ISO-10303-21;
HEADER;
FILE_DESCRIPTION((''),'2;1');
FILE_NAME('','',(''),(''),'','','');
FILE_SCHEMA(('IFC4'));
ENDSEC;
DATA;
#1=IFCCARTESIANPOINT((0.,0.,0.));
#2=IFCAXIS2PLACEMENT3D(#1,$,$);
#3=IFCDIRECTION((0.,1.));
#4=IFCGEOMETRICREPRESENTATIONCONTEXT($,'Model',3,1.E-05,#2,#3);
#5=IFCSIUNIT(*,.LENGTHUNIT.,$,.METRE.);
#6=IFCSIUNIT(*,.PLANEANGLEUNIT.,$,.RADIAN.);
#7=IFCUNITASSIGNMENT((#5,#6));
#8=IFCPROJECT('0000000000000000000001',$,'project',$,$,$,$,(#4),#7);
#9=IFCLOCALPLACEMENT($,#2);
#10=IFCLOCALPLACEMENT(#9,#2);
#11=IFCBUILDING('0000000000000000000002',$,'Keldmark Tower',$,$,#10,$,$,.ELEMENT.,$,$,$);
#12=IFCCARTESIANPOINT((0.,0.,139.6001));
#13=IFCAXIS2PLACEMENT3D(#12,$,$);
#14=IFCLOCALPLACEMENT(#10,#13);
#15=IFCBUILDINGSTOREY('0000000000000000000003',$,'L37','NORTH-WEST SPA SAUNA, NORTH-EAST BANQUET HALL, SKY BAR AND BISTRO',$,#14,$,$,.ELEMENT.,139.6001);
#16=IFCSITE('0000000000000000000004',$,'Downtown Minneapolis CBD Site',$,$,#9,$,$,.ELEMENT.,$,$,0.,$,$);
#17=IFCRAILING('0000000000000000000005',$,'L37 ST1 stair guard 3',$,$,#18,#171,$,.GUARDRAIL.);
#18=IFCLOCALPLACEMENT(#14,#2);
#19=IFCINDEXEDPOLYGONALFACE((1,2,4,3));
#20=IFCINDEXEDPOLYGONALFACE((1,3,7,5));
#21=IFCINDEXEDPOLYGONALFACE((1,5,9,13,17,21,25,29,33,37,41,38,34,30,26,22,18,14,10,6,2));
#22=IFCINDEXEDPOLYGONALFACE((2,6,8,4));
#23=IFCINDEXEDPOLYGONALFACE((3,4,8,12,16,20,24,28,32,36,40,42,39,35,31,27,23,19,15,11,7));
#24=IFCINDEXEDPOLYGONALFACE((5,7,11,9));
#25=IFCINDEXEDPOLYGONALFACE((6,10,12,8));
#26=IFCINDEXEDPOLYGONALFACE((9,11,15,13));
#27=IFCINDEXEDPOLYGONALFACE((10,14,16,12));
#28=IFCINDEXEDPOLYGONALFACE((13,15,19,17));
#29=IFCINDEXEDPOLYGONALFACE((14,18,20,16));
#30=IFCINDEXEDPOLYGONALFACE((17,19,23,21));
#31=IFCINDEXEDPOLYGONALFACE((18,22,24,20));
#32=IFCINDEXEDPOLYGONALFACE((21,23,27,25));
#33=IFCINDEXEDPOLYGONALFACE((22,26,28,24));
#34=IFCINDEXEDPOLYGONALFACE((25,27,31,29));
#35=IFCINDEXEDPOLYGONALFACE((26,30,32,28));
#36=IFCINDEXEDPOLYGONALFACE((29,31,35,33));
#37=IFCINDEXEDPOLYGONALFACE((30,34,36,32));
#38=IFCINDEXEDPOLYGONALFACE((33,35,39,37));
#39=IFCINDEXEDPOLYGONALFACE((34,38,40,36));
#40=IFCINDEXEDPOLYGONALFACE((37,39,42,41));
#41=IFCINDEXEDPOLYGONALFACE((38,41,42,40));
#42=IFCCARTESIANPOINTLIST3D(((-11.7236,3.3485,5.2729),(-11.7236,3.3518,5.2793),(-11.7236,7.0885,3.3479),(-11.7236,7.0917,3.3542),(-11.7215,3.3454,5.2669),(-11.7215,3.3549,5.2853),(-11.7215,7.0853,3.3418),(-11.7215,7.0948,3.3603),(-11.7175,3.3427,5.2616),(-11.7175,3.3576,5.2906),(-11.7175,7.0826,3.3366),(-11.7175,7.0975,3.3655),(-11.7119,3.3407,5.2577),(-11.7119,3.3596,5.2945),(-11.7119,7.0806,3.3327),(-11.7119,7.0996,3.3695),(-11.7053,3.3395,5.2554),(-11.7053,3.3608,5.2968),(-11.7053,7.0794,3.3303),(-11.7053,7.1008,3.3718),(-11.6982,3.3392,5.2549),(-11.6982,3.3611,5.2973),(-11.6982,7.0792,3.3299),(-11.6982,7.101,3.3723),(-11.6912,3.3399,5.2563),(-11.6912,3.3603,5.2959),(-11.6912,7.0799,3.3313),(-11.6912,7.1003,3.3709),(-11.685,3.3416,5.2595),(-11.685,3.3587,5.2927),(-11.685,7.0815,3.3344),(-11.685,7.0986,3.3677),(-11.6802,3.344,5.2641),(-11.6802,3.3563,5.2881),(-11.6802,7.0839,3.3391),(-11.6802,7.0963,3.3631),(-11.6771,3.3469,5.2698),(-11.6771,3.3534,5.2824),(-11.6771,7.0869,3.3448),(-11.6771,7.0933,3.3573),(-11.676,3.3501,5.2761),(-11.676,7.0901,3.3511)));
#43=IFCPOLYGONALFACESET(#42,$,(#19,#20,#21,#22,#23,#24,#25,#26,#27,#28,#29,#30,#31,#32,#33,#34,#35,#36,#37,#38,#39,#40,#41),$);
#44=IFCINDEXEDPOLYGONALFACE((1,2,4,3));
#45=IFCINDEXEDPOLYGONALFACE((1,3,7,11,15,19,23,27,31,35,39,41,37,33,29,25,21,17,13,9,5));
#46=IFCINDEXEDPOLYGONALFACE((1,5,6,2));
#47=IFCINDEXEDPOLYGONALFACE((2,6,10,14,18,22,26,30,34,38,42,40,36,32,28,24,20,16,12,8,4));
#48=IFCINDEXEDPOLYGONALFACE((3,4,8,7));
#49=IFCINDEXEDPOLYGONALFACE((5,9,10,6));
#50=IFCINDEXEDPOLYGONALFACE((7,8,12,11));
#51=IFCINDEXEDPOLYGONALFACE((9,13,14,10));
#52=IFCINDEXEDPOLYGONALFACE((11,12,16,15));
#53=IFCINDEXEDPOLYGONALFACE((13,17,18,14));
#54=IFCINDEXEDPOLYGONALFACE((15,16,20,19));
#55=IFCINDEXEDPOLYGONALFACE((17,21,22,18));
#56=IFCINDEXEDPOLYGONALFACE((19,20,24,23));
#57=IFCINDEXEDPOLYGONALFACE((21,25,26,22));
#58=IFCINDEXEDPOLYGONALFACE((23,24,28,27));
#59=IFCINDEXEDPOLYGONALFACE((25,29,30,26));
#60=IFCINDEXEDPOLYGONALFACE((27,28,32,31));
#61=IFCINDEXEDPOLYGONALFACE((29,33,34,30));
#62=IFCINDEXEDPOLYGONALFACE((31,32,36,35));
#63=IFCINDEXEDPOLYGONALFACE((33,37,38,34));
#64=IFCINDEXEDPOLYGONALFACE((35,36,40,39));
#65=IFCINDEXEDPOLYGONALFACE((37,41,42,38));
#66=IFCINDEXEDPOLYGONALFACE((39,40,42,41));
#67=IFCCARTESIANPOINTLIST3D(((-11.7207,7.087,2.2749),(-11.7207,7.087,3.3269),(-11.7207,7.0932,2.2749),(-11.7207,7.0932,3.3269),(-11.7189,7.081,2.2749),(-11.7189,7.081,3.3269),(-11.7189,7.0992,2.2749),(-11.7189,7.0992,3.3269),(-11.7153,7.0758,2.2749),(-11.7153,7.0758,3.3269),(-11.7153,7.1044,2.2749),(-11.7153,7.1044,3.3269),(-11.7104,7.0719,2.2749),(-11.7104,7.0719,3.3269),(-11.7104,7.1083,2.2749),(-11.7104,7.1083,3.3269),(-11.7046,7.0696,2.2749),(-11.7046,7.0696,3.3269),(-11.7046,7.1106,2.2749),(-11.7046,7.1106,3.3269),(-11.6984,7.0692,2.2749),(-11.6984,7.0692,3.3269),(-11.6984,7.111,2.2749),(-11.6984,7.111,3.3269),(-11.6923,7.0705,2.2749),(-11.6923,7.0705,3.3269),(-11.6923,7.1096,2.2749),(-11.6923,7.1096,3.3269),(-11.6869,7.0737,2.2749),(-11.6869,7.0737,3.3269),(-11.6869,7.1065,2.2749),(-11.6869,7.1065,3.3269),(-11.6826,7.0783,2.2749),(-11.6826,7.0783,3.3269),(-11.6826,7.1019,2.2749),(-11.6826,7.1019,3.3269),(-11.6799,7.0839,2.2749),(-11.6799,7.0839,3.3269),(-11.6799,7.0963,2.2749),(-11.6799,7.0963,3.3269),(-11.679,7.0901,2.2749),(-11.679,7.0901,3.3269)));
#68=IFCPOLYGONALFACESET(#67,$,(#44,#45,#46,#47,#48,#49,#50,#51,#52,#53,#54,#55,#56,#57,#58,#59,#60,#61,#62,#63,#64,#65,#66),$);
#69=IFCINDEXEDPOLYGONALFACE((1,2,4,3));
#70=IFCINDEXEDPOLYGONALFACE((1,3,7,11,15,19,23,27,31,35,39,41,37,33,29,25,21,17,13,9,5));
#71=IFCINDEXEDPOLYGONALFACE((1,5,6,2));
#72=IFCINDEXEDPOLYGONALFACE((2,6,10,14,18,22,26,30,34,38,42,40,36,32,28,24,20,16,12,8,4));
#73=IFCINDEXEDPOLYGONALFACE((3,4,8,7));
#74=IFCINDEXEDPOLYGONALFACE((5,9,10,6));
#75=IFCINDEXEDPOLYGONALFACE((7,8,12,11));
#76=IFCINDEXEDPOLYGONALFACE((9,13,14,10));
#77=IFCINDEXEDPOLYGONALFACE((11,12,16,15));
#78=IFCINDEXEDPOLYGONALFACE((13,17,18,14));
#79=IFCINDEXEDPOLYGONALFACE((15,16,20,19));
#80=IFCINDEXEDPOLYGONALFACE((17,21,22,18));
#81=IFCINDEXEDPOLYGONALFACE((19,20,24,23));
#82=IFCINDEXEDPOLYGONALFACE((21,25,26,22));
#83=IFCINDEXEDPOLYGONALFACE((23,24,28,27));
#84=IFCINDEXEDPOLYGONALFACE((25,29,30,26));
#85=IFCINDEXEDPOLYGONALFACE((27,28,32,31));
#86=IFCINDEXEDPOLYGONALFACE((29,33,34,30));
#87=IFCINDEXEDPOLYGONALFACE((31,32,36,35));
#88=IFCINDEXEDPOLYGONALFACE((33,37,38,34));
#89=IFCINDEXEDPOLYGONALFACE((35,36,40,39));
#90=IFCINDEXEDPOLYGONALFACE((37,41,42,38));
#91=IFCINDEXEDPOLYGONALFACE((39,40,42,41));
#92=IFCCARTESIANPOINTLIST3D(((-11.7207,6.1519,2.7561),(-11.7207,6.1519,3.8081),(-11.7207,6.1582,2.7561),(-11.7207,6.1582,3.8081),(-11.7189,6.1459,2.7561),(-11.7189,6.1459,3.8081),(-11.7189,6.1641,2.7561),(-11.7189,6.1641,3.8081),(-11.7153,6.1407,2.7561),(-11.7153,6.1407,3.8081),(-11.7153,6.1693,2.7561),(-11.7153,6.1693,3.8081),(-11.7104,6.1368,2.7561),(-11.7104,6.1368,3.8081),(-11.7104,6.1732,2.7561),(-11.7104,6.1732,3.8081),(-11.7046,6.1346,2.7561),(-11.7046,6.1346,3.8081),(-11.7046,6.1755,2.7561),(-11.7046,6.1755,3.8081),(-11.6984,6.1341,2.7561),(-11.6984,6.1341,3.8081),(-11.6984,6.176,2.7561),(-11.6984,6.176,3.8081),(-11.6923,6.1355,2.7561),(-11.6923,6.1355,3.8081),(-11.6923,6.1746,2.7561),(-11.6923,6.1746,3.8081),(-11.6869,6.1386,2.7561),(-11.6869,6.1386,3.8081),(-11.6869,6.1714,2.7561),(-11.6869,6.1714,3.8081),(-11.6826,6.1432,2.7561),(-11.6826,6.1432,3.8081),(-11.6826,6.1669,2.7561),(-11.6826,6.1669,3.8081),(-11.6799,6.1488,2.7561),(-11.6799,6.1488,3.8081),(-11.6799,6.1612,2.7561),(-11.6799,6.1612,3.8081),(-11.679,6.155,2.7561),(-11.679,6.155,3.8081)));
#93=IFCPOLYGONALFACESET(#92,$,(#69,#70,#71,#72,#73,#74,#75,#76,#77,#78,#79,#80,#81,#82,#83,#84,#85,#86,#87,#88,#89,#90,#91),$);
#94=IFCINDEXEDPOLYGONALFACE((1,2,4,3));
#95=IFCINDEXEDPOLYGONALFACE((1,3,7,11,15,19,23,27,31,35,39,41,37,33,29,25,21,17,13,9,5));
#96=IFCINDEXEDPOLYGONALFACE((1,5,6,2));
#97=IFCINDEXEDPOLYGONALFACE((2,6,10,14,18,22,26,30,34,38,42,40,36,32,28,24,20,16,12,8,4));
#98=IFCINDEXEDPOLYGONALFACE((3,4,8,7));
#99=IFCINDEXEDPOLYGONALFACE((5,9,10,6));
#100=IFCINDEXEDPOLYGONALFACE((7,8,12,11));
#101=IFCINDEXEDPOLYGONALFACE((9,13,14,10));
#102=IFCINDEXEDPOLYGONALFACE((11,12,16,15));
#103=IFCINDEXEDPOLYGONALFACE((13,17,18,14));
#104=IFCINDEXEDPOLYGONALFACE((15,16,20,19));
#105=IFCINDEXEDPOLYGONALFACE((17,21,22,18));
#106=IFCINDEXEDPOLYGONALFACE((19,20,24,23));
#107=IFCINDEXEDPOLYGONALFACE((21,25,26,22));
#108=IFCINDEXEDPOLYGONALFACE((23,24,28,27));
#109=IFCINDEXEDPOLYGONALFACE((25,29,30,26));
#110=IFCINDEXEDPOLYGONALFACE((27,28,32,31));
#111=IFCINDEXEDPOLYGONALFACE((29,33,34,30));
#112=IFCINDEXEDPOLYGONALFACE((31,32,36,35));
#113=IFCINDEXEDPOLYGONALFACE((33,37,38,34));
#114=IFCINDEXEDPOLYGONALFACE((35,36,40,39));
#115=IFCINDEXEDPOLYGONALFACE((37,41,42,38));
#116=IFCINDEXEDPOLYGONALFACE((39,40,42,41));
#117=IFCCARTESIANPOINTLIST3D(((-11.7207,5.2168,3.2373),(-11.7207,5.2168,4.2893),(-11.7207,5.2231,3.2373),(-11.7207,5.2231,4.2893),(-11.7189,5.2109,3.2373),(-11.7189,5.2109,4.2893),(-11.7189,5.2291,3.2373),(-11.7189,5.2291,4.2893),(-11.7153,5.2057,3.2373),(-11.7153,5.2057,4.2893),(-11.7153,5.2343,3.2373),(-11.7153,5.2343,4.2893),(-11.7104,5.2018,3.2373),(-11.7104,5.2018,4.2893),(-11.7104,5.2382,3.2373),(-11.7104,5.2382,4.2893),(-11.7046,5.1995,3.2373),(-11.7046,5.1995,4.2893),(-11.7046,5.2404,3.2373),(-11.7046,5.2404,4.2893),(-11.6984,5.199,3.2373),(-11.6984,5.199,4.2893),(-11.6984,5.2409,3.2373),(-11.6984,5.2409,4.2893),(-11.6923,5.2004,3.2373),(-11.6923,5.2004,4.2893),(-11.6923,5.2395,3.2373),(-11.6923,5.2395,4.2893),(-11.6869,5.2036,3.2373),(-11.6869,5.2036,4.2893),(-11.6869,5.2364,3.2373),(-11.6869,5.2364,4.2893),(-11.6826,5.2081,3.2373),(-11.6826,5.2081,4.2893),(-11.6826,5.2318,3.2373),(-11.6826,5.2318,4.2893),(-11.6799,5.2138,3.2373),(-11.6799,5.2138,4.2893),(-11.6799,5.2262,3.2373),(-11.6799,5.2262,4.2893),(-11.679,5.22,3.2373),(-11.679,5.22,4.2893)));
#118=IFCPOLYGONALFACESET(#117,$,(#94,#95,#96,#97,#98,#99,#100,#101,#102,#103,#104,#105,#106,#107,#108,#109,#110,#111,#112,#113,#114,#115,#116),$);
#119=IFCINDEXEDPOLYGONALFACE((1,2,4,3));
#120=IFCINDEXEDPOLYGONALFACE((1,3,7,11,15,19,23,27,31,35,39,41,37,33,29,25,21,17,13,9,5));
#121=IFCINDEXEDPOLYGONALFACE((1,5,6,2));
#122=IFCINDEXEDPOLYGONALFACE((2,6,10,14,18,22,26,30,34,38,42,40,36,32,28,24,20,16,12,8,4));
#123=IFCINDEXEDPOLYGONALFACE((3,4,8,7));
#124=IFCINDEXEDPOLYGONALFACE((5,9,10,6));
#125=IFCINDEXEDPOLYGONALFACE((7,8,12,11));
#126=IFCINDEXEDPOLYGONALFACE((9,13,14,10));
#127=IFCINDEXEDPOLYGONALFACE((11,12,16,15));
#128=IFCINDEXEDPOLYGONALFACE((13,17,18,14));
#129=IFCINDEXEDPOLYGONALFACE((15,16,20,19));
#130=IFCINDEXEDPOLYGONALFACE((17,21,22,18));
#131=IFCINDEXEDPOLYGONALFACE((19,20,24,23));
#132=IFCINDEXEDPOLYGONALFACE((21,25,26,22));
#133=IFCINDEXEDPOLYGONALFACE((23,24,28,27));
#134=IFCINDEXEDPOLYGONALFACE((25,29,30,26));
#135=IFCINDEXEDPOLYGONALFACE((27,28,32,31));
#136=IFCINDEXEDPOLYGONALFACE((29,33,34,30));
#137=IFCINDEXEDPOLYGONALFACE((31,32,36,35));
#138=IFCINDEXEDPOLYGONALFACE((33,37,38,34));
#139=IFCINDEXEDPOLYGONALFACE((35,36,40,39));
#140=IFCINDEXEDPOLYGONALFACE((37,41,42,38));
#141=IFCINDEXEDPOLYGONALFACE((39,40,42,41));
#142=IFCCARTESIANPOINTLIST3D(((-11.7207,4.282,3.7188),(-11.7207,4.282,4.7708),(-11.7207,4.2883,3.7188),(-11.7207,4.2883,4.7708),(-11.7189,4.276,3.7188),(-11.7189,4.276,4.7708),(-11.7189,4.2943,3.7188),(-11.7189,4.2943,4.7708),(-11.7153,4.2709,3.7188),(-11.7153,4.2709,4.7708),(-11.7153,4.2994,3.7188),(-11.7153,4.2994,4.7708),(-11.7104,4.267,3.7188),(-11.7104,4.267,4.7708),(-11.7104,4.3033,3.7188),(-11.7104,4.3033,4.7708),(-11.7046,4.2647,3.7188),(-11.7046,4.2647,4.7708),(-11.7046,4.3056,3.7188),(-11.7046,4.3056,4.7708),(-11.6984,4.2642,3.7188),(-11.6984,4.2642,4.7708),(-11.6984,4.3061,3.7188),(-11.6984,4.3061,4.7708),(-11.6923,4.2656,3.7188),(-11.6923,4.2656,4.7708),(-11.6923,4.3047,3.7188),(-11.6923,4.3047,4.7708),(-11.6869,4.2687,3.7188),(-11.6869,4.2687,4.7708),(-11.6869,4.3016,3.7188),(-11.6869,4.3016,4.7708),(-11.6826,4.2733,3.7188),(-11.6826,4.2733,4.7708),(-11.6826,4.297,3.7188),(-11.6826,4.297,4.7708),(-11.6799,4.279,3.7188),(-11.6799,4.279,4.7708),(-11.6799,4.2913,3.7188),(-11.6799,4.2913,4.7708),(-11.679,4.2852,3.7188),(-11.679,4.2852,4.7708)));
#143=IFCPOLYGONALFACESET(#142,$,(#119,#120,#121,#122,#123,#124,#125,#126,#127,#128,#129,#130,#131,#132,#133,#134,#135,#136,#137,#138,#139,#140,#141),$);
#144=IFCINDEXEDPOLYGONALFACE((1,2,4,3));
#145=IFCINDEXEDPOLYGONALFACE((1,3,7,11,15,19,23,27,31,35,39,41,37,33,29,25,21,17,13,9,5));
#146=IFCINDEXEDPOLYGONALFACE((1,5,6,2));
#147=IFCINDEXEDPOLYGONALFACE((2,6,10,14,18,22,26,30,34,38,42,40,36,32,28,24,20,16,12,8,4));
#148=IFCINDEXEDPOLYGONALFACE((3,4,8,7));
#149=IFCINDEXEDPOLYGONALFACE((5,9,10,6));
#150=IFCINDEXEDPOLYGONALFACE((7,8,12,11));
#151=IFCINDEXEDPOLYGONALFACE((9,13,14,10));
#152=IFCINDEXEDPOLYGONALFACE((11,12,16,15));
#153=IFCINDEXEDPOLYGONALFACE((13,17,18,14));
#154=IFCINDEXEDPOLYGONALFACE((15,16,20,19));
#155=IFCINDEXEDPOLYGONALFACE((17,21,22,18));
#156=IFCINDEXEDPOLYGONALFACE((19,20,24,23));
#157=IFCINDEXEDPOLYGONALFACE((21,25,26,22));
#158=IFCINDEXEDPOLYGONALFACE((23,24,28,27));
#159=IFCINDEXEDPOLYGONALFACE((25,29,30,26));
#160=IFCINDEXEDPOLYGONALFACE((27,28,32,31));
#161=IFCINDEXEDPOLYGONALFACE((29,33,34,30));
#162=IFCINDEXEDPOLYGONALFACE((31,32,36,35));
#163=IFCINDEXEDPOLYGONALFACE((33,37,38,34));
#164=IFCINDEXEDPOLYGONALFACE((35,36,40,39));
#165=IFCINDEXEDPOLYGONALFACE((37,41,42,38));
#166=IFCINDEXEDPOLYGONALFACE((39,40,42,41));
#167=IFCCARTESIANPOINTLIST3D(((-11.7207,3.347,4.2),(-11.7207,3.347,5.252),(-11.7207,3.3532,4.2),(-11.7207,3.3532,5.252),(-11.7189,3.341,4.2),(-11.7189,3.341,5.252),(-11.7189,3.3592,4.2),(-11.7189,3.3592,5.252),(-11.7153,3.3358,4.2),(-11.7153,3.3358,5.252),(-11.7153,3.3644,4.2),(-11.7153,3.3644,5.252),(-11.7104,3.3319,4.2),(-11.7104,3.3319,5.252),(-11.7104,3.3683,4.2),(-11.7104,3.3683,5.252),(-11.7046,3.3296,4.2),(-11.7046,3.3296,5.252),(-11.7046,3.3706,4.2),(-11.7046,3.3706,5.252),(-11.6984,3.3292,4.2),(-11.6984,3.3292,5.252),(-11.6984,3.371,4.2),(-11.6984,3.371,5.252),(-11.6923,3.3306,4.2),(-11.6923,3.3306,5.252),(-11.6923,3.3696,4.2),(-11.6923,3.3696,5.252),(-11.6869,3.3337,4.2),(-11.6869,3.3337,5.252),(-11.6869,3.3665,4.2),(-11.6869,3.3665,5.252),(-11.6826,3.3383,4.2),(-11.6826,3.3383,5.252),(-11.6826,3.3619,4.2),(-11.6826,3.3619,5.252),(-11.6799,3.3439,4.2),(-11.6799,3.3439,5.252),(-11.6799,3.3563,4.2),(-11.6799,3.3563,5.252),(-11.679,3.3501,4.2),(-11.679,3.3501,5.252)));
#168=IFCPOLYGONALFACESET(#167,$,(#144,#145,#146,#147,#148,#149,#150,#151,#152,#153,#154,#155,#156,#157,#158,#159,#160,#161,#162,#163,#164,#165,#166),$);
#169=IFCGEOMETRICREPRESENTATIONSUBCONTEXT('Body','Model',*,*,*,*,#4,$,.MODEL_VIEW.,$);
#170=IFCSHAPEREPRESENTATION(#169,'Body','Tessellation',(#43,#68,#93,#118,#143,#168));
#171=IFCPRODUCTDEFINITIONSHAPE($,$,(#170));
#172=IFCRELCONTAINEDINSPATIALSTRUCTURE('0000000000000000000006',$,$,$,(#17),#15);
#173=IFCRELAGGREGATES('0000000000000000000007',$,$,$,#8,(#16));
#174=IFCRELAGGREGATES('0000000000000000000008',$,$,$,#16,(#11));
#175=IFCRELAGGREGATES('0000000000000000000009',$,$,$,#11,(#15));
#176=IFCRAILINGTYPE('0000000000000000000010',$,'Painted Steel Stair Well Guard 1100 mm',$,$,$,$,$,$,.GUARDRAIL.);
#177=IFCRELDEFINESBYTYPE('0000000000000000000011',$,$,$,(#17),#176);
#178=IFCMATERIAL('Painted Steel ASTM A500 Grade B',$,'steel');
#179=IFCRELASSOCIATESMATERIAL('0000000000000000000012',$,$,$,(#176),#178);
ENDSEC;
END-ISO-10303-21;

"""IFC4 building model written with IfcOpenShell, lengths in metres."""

from ifc_helpers import new_model, si_unit, direction, frame, origin, origin_2d, place, context, subcontext, project, spatial, circle, extrude, material, type_object, element, save


model = new_model("IFC4")

# Units and contexts
model_context = context("Model", 3, precision=1e-05, world=origin(), true_north=direction((0.0, 1.0)))
body_context = subcontext(model_context, "Body", "Model", "MODEL_VIEW")
ifc_project = project(units=[si_unit("LENGTHUNIT", "METRE"), si_unit("PLANEANGLEUNIT", "RADIAN")], contexts=[model_context])

# Site, building, storey
site_placement = place(None, origin())
site = spatial("IfcSite", under=ifc_project, at=site_placement, Name="Downtown Minneapolis CBD Site", CompositionType="ELEMENT", RefElevation=0.0)
building_placement = place(site_placement, origin())
building = spatial("IfcBuilding", under=site, at=building_placement, Name="Keldmark Tower", CompositionType="ELEMENT")
storey_placement = place(building_placement, frame((0.0, 0.0, 139.6001)))
storey = spatial("IfcBuildingStorey", under=building, at=storey_placement, Name="L37", Description="NORTH-WEST SPA SAUNA, NORTH-EAST BANQUET HALL, SKY BAR AND BISTRO", CompositionType="ELEMENT", Elevation=139.6001)

# Railing
ifc_material_1 = material(Name="Painted Steel ASTM A500 Grade B", Category="steel")
railing_type_1 = type_object("IfcRailingType", Name="Painted Steel Stair Well Guard 1100 mm", PredefinedType="GUARDRAIL", material=ifc_material_1)
railing_1_placement = place(storey_placement, frame((-11.7, 7.0901, 2.2749)))
element("IfcRailing", 1, at=railing_1_placement, inside=storey, type_object=railing_type_1, Name="L37 ST1 stair guard 3", PredefinedType="GUARDRAIL", context=body_context, shape_type="SweptSolid", body=[
    extrude(circle(Radius=0.0239, at=origin_2d()), frame((0.0, 0.0, 1.0762), z_axis=(0.0, -0.889131, 0.457654), x_axis=(1.0, 0.0, 0.0)), (0.0, 0.0, 1.0), 4.2063),
    extrude(circle(Radius=0.021, at=origin_2d()), origin(), (0.0, 0.0, 1.0), 1.052),
    extrude(circle(Radius=0.021, at=origin_2d()), frame((0.0, -0.9351, 0.4812)), (0.0, 0.0, 1.0), 1.052),
    extrude(circle(Radius=0.021, at=origin_2d()), frame((0.0, -1.8701, 0.9624)), (0.0, 0.0, 1.0), 1.052),
    extrude(circle(Radius=0.021, at=origin_2d()), frame((0.0, -2.8049, 1.4438)), (0.0, 0.0, 1.0), 1.052),
    extrude(circle(Radius=0.021, at=origin_2d()), frame((0.0, -3.74, 1.925)), (0.0, 0.0, 1.0), 1.052),
])

save(model, "model.ifc")
